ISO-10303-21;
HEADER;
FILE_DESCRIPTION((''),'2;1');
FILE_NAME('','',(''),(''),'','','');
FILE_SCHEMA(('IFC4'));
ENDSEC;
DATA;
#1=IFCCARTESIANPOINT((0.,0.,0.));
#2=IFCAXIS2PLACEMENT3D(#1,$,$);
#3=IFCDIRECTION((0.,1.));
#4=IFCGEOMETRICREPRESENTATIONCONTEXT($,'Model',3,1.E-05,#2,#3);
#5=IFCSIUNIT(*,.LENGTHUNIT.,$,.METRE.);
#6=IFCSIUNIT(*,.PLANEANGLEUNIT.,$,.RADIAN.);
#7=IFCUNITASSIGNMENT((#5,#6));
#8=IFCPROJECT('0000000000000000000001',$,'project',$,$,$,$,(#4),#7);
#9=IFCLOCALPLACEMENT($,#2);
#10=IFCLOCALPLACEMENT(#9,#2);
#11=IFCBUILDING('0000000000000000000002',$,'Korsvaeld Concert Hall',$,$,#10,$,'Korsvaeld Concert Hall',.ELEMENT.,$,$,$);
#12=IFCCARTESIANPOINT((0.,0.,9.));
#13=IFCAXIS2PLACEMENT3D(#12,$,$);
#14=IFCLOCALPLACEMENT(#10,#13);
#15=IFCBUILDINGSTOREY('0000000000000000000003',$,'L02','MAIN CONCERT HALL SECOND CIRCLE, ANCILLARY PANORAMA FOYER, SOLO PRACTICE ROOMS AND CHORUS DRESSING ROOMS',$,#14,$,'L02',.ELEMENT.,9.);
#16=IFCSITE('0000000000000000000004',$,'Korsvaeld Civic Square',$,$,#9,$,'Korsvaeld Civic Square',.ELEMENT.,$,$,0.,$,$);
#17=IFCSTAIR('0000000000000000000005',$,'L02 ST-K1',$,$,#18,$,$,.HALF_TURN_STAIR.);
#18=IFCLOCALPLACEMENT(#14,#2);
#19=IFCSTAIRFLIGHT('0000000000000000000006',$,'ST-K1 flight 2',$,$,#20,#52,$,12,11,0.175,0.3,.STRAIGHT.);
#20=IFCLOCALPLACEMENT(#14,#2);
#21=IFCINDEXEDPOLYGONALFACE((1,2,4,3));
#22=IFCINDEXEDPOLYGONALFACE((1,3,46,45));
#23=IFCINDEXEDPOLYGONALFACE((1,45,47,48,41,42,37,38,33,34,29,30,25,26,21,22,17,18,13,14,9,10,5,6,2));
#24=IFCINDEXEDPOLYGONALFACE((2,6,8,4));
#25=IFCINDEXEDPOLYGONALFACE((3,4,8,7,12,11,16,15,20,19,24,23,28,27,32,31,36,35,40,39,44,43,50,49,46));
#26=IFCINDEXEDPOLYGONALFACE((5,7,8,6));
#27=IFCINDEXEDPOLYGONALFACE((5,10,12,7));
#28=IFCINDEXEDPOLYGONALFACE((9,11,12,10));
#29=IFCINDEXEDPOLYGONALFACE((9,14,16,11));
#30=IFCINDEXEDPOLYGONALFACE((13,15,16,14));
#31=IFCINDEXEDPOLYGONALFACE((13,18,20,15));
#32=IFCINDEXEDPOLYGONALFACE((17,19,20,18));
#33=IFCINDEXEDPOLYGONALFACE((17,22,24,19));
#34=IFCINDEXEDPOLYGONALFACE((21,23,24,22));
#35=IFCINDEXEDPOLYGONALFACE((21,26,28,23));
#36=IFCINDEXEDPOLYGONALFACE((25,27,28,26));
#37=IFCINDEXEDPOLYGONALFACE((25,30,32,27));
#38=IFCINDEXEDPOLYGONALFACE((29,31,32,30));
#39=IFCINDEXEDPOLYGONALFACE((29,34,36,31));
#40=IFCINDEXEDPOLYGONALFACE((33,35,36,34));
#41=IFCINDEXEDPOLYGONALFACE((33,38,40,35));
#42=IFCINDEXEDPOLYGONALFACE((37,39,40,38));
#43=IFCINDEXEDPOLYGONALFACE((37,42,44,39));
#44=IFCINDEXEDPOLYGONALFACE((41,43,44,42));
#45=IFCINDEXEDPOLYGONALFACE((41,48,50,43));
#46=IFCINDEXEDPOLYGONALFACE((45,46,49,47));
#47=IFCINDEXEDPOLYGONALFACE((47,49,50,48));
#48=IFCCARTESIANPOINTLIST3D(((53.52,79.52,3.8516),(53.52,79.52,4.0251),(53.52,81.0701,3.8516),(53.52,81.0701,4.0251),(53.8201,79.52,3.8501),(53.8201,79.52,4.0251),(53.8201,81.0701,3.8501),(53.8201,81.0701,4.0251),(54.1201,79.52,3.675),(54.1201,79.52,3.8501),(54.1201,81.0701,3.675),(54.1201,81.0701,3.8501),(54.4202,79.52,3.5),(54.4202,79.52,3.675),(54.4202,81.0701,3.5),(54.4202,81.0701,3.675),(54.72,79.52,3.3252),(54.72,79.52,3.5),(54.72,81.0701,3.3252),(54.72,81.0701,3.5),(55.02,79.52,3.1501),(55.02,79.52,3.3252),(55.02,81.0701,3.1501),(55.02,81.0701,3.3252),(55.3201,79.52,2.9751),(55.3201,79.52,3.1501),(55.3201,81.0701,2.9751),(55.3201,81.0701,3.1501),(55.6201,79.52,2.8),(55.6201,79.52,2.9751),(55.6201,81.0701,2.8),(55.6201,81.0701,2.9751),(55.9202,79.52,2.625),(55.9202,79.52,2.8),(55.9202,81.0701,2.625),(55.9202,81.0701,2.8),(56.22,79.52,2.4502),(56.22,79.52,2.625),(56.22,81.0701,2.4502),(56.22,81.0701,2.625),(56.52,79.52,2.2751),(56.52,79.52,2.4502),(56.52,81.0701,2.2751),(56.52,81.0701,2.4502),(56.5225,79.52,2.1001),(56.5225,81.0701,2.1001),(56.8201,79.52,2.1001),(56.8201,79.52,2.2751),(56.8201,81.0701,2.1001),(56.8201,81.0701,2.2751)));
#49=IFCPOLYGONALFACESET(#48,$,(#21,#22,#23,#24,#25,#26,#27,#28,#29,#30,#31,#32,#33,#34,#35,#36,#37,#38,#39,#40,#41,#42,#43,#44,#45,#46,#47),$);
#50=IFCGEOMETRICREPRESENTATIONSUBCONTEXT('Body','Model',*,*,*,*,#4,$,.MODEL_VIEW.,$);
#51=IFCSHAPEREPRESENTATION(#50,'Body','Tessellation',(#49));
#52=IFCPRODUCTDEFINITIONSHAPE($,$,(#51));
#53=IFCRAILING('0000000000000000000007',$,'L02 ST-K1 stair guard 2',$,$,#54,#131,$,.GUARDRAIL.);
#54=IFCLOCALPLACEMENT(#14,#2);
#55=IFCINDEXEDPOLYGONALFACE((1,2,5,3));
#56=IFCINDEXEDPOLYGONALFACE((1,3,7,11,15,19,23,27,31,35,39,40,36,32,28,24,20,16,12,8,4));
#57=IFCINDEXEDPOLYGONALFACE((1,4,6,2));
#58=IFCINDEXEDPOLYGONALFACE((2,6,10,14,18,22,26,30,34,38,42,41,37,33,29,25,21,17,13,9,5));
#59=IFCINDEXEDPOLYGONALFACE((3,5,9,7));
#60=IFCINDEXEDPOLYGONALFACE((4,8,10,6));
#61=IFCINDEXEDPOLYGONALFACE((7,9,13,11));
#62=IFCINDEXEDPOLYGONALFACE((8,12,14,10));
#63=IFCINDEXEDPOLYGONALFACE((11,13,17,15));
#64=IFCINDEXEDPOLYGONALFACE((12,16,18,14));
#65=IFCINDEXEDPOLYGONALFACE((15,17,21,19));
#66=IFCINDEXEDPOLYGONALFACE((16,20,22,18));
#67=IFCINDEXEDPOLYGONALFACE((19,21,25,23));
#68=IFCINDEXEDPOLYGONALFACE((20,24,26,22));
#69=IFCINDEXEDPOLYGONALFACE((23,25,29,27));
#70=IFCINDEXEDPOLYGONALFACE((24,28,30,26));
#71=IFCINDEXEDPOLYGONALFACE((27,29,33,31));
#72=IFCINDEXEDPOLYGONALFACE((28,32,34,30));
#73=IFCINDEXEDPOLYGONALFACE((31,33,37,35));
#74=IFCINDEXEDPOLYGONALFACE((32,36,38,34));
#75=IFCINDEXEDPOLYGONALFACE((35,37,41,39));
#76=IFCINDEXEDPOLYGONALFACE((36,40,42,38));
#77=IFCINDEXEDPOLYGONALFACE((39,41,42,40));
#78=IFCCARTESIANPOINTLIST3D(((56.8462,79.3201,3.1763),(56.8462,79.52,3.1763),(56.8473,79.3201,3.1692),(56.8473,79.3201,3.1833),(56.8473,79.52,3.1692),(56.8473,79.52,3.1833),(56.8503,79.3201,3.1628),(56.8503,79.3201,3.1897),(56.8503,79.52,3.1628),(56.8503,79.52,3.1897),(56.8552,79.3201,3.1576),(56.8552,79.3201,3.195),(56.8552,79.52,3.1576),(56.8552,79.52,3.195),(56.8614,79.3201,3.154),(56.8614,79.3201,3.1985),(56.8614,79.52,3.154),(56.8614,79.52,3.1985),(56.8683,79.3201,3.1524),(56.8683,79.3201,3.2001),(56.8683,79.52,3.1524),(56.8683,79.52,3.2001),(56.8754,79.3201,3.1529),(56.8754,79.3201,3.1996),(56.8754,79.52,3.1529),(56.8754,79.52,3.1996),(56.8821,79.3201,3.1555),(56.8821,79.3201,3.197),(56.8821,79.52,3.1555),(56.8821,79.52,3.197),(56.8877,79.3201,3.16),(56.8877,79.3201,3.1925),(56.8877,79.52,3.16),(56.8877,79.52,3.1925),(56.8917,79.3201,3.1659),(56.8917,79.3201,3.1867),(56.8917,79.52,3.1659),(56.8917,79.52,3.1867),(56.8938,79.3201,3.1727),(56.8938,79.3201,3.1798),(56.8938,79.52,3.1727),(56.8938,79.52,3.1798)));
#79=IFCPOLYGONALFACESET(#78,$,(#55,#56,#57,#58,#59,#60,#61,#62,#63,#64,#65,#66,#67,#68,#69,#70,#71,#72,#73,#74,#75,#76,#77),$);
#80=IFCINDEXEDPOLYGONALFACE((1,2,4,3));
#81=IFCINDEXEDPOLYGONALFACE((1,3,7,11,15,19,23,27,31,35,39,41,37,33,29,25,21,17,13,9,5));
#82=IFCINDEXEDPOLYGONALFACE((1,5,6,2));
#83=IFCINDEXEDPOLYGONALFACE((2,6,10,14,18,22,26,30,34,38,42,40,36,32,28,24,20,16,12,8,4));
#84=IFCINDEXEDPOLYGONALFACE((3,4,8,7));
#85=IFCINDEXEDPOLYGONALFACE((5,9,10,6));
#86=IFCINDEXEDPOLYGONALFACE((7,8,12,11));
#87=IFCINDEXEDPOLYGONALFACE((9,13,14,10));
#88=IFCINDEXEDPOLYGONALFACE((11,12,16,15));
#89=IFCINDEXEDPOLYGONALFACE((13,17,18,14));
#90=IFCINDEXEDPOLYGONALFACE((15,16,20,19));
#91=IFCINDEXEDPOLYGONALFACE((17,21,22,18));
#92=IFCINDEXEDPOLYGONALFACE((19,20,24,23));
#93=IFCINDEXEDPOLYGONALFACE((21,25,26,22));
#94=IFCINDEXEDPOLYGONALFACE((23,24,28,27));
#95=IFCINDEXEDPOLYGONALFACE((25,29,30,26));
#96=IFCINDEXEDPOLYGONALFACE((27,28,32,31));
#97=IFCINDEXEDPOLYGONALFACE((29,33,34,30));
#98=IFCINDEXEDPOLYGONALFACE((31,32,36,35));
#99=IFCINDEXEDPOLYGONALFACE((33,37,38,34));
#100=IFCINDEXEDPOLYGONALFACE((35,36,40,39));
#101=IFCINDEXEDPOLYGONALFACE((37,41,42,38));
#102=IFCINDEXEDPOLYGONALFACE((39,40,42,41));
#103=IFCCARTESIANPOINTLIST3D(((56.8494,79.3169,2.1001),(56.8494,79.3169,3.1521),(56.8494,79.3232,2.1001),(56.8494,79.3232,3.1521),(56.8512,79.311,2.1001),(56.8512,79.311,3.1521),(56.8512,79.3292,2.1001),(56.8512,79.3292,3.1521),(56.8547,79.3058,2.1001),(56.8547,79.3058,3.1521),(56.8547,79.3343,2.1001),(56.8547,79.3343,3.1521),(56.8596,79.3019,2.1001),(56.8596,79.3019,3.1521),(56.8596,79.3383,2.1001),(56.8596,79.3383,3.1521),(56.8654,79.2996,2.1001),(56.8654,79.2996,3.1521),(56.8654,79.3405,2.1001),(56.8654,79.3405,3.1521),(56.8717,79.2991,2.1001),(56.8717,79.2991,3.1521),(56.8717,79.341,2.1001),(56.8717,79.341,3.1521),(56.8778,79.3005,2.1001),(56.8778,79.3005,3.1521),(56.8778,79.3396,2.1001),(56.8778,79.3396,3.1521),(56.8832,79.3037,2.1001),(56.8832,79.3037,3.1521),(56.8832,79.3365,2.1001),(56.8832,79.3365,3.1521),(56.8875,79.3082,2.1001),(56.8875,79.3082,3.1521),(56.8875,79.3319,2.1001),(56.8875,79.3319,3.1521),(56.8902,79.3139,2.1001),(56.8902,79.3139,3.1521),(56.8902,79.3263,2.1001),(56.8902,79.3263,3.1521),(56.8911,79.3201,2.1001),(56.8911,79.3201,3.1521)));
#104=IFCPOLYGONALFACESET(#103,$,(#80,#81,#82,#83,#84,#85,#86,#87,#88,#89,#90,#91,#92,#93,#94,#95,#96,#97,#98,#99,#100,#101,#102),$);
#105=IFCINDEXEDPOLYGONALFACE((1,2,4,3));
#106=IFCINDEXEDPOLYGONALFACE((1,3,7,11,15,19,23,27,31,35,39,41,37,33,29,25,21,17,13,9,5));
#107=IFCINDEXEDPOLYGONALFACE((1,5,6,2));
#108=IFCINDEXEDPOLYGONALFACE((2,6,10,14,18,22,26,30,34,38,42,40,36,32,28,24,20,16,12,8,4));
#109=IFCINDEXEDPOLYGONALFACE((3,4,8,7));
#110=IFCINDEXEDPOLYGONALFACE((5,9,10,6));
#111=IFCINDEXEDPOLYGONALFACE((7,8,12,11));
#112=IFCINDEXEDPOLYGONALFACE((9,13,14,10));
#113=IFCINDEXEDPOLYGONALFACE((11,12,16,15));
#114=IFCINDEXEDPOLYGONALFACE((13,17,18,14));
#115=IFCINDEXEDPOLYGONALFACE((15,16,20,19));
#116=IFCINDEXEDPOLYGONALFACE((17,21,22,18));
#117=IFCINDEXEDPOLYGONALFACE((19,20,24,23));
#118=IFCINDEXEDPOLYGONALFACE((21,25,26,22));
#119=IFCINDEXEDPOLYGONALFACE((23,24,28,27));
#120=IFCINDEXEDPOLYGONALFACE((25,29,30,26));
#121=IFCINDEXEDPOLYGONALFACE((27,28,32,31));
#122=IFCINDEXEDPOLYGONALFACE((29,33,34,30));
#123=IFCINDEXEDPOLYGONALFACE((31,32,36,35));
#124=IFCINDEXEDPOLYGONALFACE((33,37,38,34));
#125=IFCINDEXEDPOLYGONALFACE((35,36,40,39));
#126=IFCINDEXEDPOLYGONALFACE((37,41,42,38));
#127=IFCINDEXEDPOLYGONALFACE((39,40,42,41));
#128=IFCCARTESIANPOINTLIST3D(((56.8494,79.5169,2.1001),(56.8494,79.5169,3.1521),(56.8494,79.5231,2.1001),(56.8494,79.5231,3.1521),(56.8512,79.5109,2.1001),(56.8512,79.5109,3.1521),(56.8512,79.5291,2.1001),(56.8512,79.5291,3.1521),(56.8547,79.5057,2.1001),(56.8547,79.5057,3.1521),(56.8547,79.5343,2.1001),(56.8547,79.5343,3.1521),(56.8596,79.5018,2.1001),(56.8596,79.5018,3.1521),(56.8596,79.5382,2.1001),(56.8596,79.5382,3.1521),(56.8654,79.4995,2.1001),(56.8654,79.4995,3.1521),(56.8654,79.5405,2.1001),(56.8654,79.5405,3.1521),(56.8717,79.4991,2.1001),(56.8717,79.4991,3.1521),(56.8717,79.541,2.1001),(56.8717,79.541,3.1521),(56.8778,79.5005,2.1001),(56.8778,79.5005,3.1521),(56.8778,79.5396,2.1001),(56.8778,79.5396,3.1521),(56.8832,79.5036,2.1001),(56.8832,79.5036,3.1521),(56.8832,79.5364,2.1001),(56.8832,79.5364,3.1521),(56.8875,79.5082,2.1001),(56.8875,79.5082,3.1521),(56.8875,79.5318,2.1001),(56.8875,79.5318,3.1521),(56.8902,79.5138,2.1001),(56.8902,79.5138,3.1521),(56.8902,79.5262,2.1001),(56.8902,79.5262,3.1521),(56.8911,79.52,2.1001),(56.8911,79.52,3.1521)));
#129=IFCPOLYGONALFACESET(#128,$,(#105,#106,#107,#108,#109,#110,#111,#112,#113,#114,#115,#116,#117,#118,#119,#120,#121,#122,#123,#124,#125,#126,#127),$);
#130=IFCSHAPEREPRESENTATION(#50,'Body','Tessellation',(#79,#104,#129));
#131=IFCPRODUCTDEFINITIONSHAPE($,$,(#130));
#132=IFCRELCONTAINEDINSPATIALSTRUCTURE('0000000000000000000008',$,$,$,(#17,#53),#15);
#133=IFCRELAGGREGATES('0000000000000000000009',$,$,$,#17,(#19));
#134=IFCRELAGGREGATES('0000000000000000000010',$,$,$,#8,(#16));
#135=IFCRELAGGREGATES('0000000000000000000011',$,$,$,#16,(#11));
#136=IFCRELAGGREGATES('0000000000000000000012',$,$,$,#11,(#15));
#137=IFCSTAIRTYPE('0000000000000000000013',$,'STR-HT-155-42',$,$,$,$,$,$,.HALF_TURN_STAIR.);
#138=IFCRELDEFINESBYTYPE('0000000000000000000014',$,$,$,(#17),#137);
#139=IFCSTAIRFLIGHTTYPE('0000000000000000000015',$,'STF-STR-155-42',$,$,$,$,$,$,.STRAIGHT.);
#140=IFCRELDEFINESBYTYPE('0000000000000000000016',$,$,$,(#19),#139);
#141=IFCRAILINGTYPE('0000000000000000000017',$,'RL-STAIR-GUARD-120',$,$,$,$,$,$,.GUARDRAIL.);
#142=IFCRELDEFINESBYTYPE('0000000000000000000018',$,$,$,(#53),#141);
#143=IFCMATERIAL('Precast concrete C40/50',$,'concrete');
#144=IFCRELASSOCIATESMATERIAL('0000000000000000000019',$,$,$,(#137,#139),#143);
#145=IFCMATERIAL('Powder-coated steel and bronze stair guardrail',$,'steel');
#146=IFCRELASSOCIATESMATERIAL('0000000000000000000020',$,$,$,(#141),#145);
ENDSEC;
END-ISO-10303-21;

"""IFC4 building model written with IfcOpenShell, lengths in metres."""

from ifc_helpers import new_model, si_unit, direction, frame, origin, origin_2d, place, context, subcontext, project, spatial, polyline, circle, outline, extrude, material, type_object, element, aggregate, save


model = new_model("IFC4")

# Units and contexts
model_context = context("Model", 3, precision=1e-05, world=origin(), true_north=direction((0.0, 1.0)))
body_context = subcontext(model_context, "Body", "Model", "MODEL_VIEW")
ifc_project = project(units=[si_unit("LENGTHUNIT", "METRE"), si_unit("PLANEANGLEUNIT", "RADIAN")], contexts=[model_context])

# Site, building, storey
site_placement = place(None, origin())
site = spatial("IfcSite", under=ifc_project, at=site_placement, Name="Korsvaeld Civic Square", LongName="Korsvaeld Civic Square", CompositionType="ELEMENT", RefElevation=0.0)
building_placement = place(site_placement, origin())
building = spatial("IfcBuilding", under=site, at=building_placement, Name="Korsvaeld Concert Hall", LongName="Korsvaeld Concert Hall", CompositionType="ELEMENT")
storey_placement = place(building_placement, frame((0.0, 0.0, 9.0)))
storey = spatial("IfcBuildingStorey", under=building, at=storey_placement, Name="L02", Description="MAIN CONCERT HALL SECOND CIRCLE, ANCILLARY PANORAMA FOYER, SOLO PRACTICE ROOMS AND CHORUS DRESSING ROOMS", LongName="L02", CompositionType="ELEMENT", Elevation=9.0)

# Stair, stair flight
ifc_material_1 = material(Name="Precast concrete C40/50", Category="concrete")
stair_type = type_object("IfcStairType", Name="STR-HT-155-42", PredefinedType="HALF_TURN_STAIR", material=ifc_material_1)
stair_placement = place(storey_placement, origin())
stair = element("IfcStair", 1, at=stair_placement, inside=storey, type_object=stair_type, Name="L02 ST-K1", PredefinedType="HALF_TURN_STAIR")
stair_flight_type = type_object("IfcStairFlightType", Name="STF-STR-155-42", PredefinedType="STRAIGHT", material=ifc_material_1)
stair_flight_placement = place(storey_placement, frame((56.8201, 80.2949, 2.1001), z_axis=(0.0, 0.0, 1.0), x_axis=(-1.0, 0.0, 0.0)))
stair_flight = element("IfcStairFlight", 2, at=stair_flight_placement, type_object=stair_flight_type, Name="ST-K1 flight 2", NumberOfRisers=12, NumberOfTreads=11, PredefinedType="STRAIGHT", RiserHeight=0.175, TreadLength=0.3, context=body_context, shape_type="SweptSolid", body=[
    extrude(outline(polyline([(0.0, 0.0), (0.0, 0.175), (0.3, 0.175), (0.3, 0.3501), (0.6001, 0.3501), (0.6001, 0.5249), (0.8999, 0.5249), (0.8999, 0.7), (1.2, 0.7), (1.2, 0.875), (1.5, 0.875), (1.5, 1.05), (1.8, 1.05), (1.8, 1.2251), (2.1001, 1.2251), (2.1001, 1.3999), (2.3999, 1.3999), (2.3999, 1.575), (2.7, 1.575), (2.7, 1.75), (3.0, 1.75), (3.0, 1.925), (3.3, 1.925), (3.3, 2.1001), (3.3, 1.7515), (0.2976, 0.0), (0.0, 0.0)])), frame((0.0, 0.7749, 0.0), z_axis=(0.0, -1.0, 0.0), x_axis=(1.0, 0.0, 0.0)), (0.0, 0.0, 1.0), 1.55),
])
aggregate(stair, [stair_flight])

# Railing
ifc_material_2 = material(Name="Powder-coated steel and bronze stair guardrail", Category="steel")
railing_type_1 = type_object("IfcRailingType", Name="RL-STAIR-GUARD-120", PredefinedType="GUARDRAIL", material=ifc_material_2)
railing_1_placement = place(storey_placement, frame((56.8701, 79.3201, 2.1001)))
element("IfcRailing", 3, at=railing_1_placement, inside=storey, type_object=railing_type_1, Name="L02 ST-K1 stair guard 2", PredefinedType="GUARDRAIL", context=body_context, shape_type="SweptSolid", body=[
    extrude(circle(Radius=0.0239, at=origin_2d()), frame((0.0, 0.0, 1.0762), z_axis=(0.0, 1.0, 0.0), x_axis=(-1.0, 0.0, 0.0)), (0.0, 0.0, 1.0), 0.2),
    extrude(circle(Radius=0.021, at=origin_2d()), origin(), (0.0, 0.0, 1.0), 1.052),
    extrude(circle(Radius=0.021, at=origin_2d()), frame((0.0, 0.2, 0.0)), (0.0, 0.0, 1.0), 1.052),
])

save(model, "model.ifc")
